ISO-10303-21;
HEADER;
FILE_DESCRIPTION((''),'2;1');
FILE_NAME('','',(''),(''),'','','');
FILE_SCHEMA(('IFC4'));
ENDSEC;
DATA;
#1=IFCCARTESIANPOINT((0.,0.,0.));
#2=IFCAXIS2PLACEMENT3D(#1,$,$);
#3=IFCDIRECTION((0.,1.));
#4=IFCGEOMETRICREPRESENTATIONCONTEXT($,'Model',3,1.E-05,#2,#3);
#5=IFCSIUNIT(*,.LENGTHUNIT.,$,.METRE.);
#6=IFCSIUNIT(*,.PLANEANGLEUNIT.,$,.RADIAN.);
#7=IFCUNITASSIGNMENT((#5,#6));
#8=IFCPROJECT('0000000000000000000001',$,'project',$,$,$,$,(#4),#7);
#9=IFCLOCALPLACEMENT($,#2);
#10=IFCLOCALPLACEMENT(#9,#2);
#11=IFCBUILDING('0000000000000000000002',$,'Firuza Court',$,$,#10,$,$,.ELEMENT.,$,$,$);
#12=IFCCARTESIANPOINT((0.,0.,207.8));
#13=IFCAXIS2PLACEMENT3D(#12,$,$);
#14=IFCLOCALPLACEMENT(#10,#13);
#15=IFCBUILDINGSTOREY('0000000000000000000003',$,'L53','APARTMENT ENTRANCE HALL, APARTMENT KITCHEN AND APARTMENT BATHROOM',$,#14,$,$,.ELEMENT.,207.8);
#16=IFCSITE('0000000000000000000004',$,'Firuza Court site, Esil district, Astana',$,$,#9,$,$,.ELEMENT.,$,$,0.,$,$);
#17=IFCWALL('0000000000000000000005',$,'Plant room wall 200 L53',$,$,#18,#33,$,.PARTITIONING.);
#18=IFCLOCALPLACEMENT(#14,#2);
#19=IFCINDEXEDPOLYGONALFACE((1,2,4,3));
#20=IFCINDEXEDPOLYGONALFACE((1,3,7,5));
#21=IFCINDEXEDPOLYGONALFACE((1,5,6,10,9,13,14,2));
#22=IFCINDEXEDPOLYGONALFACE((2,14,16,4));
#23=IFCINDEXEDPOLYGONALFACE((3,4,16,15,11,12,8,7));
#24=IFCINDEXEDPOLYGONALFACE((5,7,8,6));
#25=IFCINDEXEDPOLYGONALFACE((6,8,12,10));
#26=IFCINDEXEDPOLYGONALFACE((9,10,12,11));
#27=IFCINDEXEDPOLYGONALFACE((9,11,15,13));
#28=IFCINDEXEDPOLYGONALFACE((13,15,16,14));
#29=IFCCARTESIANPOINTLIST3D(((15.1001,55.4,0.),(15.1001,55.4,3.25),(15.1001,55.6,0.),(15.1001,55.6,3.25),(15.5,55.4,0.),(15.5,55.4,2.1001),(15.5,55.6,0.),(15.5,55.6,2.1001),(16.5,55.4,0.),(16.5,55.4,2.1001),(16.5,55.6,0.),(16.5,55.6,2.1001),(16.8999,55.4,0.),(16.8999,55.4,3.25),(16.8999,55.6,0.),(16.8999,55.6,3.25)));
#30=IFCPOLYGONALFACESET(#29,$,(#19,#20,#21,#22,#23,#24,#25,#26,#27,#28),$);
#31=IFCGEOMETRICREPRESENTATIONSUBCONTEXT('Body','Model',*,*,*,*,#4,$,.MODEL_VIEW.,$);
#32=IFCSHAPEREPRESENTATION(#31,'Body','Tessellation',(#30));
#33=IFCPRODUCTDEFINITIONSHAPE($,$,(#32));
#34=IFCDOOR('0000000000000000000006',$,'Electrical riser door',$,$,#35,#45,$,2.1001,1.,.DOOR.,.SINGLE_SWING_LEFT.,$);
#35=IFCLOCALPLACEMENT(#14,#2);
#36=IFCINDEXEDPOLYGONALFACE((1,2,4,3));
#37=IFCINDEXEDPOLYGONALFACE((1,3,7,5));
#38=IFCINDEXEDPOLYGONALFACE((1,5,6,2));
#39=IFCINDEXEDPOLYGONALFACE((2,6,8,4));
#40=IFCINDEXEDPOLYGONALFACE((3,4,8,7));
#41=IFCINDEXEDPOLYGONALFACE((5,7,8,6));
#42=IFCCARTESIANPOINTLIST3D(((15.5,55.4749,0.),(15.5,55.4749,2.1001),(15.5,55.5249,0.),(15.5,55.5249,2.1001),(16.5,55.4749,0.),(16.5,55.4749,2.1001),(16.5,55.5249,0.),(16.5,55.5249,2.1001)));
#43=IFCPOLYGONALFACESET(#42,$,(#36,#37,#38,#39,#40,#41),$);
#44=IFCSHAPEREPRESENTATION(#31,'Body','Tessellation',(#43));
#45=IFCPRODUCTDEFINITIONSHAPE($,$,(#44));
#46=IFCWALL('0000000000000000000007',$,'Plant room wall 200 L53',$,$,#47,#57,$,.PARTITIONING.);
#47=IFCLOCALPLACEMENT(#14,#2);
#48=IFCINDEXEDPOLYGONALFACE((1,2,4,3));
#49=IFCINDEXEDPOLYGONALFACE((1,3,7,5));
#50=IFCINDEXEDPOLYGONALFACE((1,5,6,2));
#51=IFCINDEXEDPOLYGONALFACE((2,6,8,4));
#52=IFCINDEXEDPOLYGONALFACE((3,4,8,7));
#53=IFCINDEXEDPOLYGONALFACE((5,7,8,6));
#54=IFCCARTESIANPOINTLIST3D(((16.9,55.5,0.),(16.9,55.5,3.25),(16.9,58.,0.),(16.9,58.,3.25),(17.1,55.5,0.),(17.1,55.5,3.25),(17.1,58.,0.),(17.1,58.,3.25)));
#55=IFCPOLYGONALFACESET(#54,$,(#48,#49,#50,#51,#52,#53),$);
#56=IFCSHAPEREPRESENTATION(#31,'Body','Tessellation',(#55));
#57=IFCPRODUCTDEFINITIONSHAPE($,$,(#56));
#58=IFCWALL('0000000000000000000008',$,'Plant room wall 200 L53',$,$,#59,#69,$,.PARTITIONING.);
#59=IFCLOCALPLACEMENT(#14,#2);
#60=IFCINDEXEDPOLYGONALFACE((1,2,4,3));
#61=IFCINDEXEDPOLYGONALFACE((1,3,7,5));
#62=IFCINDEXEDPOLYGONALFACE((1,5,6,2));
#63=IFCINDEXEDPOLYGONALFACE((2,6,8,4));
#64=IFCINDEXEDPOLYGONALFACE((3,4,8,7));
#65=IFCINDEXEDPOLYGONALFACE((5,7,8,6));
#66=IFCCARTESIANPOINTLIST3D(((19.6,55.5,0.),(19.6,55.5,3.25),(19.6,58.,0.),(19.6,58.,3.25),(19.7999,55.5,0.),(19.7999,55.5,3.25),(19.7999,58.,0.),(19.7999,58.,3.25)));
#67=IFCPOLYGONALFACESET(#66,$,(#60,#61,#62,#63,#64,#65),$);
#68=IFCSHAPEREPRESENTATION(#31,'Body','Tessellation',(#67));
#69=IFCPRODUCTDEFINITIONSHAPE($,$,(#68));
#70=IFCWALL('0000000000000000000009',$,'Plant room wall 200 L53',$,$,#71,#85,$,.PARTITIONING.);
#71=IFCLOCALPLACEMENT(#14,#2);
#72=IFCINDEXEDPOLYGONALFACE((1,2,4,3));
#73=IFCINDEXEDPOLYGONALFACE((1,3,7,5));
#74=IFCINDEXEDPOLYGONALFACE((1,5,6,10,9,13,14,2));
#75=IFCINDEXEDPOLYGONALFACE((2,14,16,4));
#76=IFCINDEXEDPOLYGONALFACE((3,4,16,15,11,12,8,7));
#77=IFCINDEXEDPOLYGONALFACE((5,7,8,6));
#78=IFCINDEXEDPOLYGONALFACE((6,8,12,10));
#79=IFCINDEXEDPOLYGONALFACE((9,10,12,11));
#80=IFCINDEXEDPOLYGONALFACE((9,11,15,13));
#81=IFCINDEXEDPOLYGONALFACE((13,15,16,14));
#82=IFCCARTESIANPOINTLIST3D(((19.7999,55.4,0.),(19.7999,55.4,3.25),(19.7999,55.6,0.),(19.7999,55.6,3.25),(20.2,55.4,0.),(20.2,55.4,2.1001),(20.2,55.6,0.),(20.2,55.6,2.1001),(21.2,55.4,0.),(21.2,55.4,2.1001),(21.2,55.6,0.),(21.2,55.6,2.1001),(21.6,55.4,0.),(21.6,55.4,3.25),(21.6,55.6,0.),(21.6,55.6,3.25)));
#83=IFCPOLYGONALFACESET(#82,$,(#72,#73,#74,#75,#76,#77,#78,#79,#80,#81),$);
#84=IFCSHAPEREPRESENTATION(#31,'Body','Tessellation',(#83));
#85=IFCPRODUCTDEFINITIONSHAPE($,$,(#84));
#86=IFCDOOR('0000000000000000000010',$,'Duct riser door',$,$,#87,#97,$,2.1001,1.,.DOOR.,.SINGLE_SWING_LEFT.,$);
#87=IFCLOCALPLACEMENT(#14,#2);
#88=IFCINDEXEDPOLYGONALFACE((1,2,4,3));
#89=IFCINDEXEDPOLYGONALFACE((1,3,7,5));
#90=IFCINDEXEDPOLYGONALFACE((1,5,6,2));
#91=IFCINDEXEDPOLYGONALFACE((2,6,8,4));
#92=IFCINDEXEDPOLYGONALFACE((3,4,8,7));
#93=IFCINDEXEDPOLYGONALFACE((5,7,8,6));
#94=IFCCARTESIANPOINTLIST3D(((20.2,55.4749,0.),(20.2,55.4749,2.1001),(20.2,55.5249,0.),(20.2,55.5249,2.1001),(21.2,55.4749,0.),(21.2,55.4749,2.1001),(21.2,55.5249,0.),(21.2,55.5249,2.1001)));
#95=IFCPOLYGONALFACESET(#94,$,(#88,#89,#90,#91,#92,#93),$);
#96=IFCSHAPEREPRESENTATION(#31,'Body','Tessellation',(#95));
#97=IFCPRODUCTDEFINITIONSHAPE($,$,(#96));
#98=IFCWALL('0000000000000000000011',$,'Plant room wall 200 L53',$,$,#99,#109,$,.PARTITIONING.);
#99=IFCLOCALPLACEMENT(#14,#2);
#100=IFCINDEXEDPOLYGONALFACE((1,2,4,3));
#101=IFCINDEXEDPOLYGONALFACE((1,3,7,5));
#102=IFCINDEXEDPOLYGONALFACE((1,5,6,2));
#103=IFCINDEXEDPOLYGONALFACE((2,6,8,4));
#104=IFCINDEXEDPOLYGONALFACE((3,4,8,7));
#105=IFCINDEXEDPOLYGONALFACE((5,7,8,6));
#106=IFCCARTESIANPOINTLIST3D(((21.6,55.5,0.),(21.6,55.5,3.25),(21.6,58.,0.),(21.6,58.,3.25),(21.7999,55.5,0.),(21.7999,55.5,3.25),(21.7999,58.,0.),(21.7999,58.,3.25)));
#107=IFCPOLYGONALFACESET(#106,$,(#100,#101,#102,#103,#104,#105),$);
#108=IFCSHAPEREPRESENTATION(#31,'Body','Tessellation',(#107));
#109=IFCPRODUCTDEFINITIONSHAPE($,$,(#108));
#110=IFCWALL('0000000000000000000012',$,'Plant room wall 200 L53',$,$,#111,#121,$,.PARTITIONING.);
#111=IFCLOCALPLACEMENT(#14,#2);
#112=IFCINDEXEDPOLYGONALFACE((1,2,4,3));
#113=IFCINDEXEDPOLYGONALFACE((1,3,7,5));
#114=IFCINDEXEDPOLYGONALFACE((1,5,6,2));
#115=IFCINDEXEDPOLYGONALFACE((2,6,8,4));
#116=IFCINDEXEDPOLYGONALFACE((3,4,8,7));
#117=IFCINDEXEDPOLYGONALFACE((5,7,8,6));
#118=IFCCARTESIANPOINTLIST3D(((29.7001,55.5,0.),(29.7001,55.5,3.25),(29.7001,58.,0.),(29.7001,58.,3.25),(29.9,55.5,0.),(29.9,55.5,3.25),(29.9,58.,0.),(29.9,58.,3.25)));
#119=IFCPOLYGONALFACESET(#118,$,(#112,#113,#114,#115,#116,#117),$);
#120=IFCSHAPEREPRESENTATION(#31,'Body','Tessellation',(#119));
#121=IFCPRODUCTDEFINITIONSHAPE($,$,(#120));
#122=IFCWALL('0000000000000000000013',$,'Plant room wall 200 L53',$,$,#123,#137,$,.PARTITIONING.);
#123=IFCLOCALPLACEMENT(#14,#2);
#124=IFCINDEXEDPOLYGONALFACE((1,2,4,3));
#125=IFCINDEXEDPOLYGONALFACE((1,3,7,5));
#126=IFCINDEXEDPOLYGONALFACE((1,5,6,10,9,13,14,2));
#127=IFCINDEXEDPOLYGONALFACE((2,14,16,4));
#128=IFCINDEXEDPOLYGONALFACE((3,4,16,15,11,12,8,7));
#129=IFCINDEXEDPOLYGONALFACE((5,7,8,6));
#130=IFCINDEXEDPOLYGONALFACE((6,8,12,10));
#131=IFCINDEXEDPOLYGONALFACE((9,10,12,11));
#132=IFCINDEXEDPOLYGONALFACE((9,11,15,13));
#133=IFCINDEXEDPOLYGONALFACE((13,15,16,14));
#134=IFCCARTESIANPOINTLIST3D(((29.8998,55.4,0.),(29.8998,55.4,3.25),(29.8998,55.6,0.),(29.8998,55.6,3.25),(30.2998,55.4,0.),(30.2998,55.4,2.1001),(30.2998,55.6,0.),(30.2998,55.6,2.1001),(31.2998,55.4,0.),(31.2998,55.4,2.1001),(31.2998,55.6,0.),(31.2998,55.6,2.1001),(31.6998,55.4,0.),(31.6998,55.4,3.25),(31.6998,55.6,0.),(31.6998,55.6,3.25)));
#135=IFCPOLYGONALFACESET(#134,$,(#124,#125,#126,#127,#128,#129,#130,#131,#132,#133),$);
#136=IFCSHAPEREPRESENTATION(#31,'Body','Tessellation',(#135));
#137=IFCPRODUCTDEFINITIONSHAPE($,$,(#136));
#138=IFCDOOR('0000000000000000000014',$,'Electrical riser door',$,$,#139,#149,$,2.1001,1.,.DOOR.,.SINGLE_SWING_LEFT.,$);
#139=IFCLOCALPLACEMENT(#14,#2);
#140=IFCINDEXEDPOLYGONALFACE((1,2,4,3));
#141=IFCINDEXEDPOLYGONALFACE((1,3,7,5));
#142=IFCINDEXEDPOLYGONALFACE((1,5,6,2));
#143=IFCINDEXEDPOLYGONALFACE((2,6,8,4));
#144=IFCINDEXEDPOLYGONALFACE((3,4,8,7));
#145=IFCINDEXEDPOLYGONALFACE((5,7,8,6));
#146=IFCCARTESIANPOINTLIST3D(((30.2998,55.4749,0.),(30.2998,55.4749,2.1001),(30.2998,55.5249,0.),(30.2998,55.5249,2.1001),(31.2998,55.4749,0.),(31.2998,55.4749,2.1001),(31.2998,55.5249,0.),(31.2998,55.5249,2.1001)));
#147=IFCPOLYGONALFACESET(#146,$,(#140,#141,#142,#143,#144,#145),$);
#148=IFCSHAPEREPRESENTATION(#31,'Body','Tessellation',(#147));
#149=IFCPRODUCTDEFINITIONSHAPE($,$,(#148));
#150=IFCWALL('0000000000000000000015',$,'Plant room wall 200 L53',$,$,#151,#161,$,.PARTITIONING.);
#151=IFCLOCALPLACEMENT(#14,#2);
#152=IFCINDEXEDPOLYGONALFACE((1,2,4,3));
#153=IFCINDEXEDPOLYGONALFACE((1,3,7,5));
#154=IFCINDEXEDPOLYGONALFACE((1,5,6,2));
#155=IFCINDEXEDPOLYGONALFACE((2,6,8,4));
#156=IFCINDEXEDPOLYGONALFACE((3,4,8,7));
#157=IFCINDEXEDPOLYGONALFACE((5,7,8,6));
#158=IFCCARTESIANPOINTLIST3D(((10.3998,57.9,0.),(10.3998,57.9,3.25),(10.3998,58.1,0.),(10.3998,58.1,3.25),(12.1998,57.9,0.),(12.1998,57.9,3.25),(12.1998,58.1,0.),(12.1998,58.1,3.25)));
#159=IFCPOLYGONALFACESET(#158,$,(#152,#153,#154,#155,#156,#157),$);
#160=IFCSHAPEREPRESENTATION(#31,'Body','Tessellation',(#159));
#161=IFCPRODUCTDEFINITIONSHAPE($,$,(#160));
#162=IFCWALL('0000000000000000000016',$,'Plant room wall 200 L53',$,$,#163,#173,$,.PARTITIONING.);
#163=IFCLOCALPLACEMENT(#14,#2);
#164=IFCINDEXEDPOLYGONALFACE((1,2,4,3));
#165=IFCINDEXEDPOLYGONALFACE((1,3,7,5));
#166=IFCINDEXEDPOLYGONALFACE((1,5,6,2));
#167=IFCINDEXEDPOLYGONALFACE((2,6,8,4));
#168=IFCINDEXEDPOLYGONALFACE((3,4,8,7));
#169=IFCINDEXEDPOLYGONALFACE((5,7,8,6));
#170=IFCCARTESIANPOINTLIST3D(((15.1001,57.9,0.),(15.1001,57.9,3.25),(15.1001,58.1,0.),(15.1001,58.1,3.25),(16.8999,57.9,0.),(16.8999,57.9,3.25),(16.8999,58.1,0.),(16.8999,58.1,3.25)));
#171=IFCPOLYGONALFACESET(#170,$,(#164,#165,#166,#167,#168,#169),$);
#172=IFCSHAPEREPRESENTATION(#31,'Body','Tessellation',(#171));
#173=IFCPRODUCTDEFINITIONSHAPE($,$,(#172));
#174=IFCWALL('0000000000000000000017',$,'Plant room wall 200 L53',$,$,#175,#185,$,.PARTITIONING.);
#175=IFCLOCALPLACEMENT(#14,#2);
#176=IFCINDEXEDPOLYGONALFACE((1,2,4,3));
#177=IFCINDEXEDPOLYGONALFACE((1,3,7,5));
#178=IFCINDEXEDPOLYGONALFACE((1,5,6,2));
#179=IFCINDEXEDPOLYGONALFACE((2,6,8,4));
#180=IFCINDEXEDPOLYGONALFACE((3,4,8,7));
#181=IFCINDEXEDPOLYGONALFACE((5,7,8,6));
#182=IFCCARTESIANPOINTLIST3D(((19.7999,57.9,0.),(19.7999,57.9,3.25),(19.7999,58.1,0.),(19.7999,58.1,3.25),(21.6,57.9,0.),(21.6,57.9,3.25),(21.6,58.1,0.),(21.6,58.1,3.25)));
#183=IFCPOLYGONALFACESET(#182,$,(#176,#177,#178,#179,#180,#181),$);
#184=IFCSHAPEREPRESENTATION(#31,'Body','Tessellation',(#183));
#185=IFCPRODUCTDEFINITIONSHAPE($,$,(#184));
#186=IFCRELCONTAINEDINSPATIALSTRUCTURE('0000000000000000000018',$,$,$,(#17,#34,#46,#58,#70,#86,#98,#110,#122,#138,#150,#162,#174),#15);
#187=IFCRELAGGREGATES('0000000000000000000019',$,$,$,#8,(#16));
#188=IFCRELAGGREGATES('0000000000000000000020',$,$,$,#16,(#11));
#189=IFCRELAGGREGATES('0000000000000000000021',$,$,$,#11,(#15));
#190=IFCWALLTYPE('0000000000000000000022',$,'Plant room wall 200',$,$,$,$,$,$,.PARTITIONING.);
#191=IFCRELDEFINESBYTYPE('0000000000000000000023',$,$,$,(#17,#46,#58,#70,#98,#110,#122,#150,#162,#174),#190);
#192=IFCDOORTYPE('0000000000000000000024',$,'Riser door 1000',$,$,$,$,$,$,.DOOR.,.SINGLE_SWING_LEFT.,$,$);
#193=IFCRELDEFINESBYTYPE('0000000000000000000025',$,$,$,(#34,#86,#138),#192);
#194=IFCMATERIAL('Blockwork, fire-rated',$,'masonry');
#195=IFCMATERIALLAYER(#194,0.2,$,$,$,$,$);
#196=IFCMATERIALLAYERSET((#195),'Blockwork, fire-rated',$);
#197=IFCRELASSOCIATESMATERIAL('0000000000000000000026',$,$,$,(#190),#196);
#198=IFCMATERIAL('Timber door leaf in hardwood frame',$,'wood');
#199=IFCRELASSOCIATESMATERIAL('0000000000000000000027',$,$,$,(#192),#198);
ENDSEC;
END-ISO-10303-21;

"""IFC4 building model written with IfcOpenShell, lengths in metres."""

from ifc_helpers import new_model, si_unit, direction, frame, frame_2d, origin, place, context, subcontext, project, spatial, rectangle, extrude, material, layer, layer_set, type_object, element, fill, save


model = new_model("IFC4")

# Units and contexts
model_context = context("Model", 3, precision=1e-05, world=origin(), true_north=direction((0.0, 1.0)))
body_context = subcontext(model_context, "Body", "Model", "MODEL_VIEW")
ifc_project = project(units=[si_unit("LENGTHUNIT", "METRE"), si_unit("PLANEANGLEUNIT", "RADIAN")], contexts=[model_context])

# Site, building, storey
site_placement = place(None, origin())
site = spatial("IfcSite", under=ifc_project, at=site_placement, Name="Firuza Court site, Esil district, Astana", CompositionType="ELEMENT", RefElevation=0.0)
building_placement = place(site_placement, origin())
building = spatial("IfcBuilding", under=site, at=building_placement, Name="Firuza Court", CompositionType="ELEMENT")
storey_placement = place(building_placement, frame((0.0, 0.0, 207.8)))
storey = spatial("IfcBuildingStorey", under=building, at=storey_placement, Name="L53", Description="APARTMENT ENTRANCE HALL, APARTMENT KITCHEN AND APARTMENT BATHROOM", CompositionType="ELEMENT", Elevation=207.8)

# Wall, opening, door
ifc_material_1 = material(Name="Blockwork, fire-rated", Category="masonry")
ifc_layer_1 = layer(ifc_material_1, 0.2)
ifc_layer_set_1 = layer_set([ifc_layer_1], Name="Blockwork, fire-rated")
wall_type_1 = type_object("IfcWallType", Name="Plant room wall 200", PredefinedType="PARTITIONING", material=ifc_layer_set_1)
wall_1_placement = place(storey_placement, frame((15.1001, 55.5, 0.0), z_axis=(0.0, 0.0, 1.0), x_axis=(1.0, 0.0, 0.0)))
wall_1 = element("IfcWall", 1, at=wall_1_placement, inside=storey, type_object=wall_type_1, Name="Plant room wall 200 L53", PredefinedType="PARTITIONING", context=body_context, shape_type="SweptSolid", body=[
    extrude(rectangle(XDim=1.7998, YDim=0.2, at=frame_2d((0.8999, 0.0))), origin(), (0.0, 0.0, 1.0), 3.25),
])
opening_1_placement = place(wall_1_placement, frame((0.3999, 0.0, 0.0)))
opening_1 = element("IfcOpeningElement", 2, at=opening_1_placement, cuts=wall_1, PredefinedType="OPENING", context=body_context, shape_type="SweptSolid", body=[
    extrude(rectangle(XDim=1.0, YDim=2.1001, at=frame_2d((0.5, 1.05))), frame((0.0, 0.1118, 0.0), z_axis=(0.0, -1.0, 0.0), x_axis=(1.0, 0.0, 0.0)), (0.0, 0.0, 1.0), 0.2239),
])
ifc_material_2 = material(Name="Timber door leaf in hardwood frame", Category="wood")
door_type = type_object("IfcDoorType", Name="Riser door 1000", OperationType="SINGLE_SWING_LEFT", PredefinedType="DOOR", material=ifc_material_2)
door_1_placement = place(opening_1_placement, origin())
door_1 = element("IfcDoor", 3, at=door_1_placement, inside=storey, type_object=door_type, Name="Electrical riser door", OperationType="SINGLE_SWING_LEFT", OverallHeight=2.1001, OverallWidth=1.0, PredefinedType="DOOR", context=body_context, shape_type="SweptSolid", body=[
    extrude(rectangle(XDim=1.0, YDim=2.1001, at=frame_2d((0.5, 1.05))), frame((0.0, 0.0249, 0.0), z_axis=(0.0, -1.0, 0.0), x_axis=(1.0, 0.0, 0.0)), (0.0, 0.0, 1.0), 0.05),
])
fill(opening_1, door_1)

# Walls
for number, where, z_axis, x_axis, name in (
    (4, (17.0, 55.5, 0.0), (0.0, 0.0, 1.0), (0.0, 1.0, 0.0), "Plant room wall 200 L53"),
    (5, (19.7, 55.5, 0.0), (0.0, 0.0, 1.0), (0.0, 1.0, 0.0), "Plant room wall 200 L53"),
):
    element("IfcWall", number, at=place(storey_placement, frame(where, z_axis=z_axis, x_axis=x_axis)), inside=storey, type_object=wall_type_1, Name=name, PredefinedType="PARTITIONING", context=body_context, shape_type="SweptSolid", body=[
        extrude(rectangle(XDim=2.5, YDim=0.2, at=frame_2d((1.25, 0.0))), origin(), (0.0, 0.0, 1.0), 3.25),
    ])

# Wall, opening, door
wall_2_placement = place(storey_placement, frame((19.8, 55.5, 0.0), z_axis=(0.0, 0.0, 1.0), x_axis=(1.0, 0.0, 0.0)))
wall_2 = element("IfcWall", 6, at=wall_2_placement, inside=storey, type_object=wall_type_1, Name="Plant room wall 200 L53", PredefinedType="PARTITIONING", context=body_context, shape_type="SweptSolid", body=[
    extrude(rectangle(XDim=1.8, YDim=0.2, at=frame_2d((0.8999, 0.0))), origin(), (0.0, 0.0, 1.0), 3.25),
])
opening_2_placement = place(wall_2_placement, frame((0.3999, 0.0, 0.0)))
opening_2 = element("IfcOpeningElement", 7, at=opening_2_placement, cuts=wall_2, PredefinedType="OPENING", context=body_context, shape_type="SweptSolid", body=[
    extrude(rectangle(XDim=1.0, YDim=2.1001, at=frame_2d((0.5, 1.05))), frame((0.0, 0.1118, 0.0), z_axis=(0.0, -1.0, 0.0), x_axis=(1.0, 0.0, 0.0)), (0.0, 0.0, 1.0), 0.2239),
])
door_2_placement = place(opening_2_placement, origin())
door_2 = element("IfcDoor", 8, at=door_2_placement, inside=storey, type_object=door_type, Name="Duct riser door", OperationType="SINGLE_SWING_LEFT", OverallHeight=2.1001, OverallWidth=1.0, PredefinedType="DOOR", context=body_context, shape_type="SweptSolid", body=[
    extrude(rectangle(XDim=1.0, YDim=2.1001, at=frame_2d((0.5, 1.05))), frame((0.0, 0.0249, 0.0), z_axis=(0.0, -1.0, 0.0), x_axis=(1.0, 0.0, 0.0)), (0.0, 0.0, 1.0), 0.05),
])
fill(opening_2, door_2)

# Walls
for number, where, z_axis, x_axis, name in (
    (9, (21.7, 55.5, 0.0), (0.0, 0.0, 1.0), (0.0, 1.0, 0.0), "Plant room wall 200 L53"),
    (10, (29.8, 55.5, 0.0), (0.0, 0.0, 1.0), (0.0, 1.0, 0.0), "Plant room wall 200 L53"),
):
    element("IfcWall", number, at=place(storey_placement, frame(where, z_axis=z_axis, x_axis=x_axis)), inside=storey, type_object=wall_type_1, Name=name, PredefinedType="PARTITIONING", context=body_context, shape_type="SweptSolid", body=[
        extrude(rectangle(XDim=2.5, YDim=0.2, at=frame_2d((1.25, 0.0))), origin(), (0.0, 0.0, 1.0), 3.25),
    ])

# Wall, opening, door
wall_3_placement = place(storey_placement, frame((29.8999, 55.5, 0.0), z_axis=(0.0, 0.0, 1.0), x_axis=(1.0, 0.0, 0.0)))
wall_3 = element("IfcWall", 11, at=wall_3_placement, inside=storey, type_object=wall_type_1, Name="Plant room wall 200 L53", PredefinedType="PARTITIONING", context=body_context, shape_type="SweptSolid", body=[
    extrude(rectangle(XDim=1.8, YDim=0.2, at=frame_2d((0.8999, 0.0))), origin(), (0.0, 0.0, 1.0), 3.25),
])
opening_3_placement = place(wall_3_placement, frame((0.3999, 0.0, 0.0)))
opening_3 = element("IfcOpeningElement", 12, at=opening_3_placement, cuts=wall_3, PredefinedType="OPENING", context=body_context, shape_type="SweptSolid", body=[
    extrude(rectangle(XDim=1.0, YDim=2.1001, at=frame_2d((0.5, 1.05))), frame((0.0, 0.1118, 0.0), z_axis=(0.0, -1.0, 0.0), x_axis=(1.0, 0.0, 0.0)), (0.0, 0.0, 1.0), 0.2239),
])
door_3_placement = place(opening_3_placement, origin())
door_3 = element("IfcDoor", 13, at=door_3_placement, inside=storey, type_object=door_type, Name="Electrical riser door", OperationType="SINGLE_SWING_LEFT", OverallHeight=2.1001, OverallWidth=1.0, PredefinedType="DOOR", context=body_context, shape_type="SweptSolid", body=[
    extrude(rectangle(XDim=1.0, YDim=2.1001, at=frame_2d((0.5, 1.05))), frame((0.0, 0.0249, 0.0), z_axis=(0.0, -1.0, 0.0), x_axis=(1.0, 0.0, 0.0)), (0.0, 0.0, 1.0), 0.05),
])
fill(opening_3, door_3)

# Walls
wall_4_placement = place(storey_placement, frame((10.3999, 58.0, 0.0), z_axis=(0.0, 0.0, 1.0), x_axis=(1.0, 0.0, 0.0)))
element("IfcWall", 14, at=wall_4_placement, inside=storey, type_object=wall_type_1, Name="Plant room wall 200 L53", PredefinedType="PARTITIONING", context=body_context, shape_type="SweptSolid", body=[
    extrude(rectangle(XDim=1.8, YDim=0.2, at=frame_2d((0.8999, 0.0))), origin(), (0.0, 0.0, 1.0), 3.25),
])
wall_5_placement = place(storey_placement, frame((15.1001, 58.0, 0.0), z_axis=(0.0, 0.0, 1.0), x_axis=(1.0, 0.0, 0.0)))
element("IfcWall", 15, at=wall_5_placement, inside=storey, type_object=wall_type_1, Name="Plant room wall 200 L53", PredefinedType="PARTITIONING", context=body_context, shape_type="SweptSolid", body=[
    extrude(rectangle(XDim=1.7998, YDim=0.2, at=frame_2d((0.8999, 0.0))), origin(), (0.0, 0.0, 1.0), 3.25),
])
for number, where, z_axis, x_axis, name in (
    (16, (19.8, 58.0, 0.0), (0.0, 0.0, 1.0), (1.0, 0.0, 0.0), "Plant room wall 200 L53"),
):
    element("IfcWall", number, at=place(storey_placement, frame(where, z_axis=z_axis, x_axis=x_axis)), inside=storey, type_object=wall_type_1, Name=name, PredefinedType="PARTITIONING", context=body_context, shape_type="SweptSolid", body=[
        extrude(rectangle(XDim=1.8, YDim=0.2, at=frame_2d((0.8999, 0.0))), origin(), (0.0, 0.0, 1.0), 3.25),
    ])

save(model, "model.ifc")
